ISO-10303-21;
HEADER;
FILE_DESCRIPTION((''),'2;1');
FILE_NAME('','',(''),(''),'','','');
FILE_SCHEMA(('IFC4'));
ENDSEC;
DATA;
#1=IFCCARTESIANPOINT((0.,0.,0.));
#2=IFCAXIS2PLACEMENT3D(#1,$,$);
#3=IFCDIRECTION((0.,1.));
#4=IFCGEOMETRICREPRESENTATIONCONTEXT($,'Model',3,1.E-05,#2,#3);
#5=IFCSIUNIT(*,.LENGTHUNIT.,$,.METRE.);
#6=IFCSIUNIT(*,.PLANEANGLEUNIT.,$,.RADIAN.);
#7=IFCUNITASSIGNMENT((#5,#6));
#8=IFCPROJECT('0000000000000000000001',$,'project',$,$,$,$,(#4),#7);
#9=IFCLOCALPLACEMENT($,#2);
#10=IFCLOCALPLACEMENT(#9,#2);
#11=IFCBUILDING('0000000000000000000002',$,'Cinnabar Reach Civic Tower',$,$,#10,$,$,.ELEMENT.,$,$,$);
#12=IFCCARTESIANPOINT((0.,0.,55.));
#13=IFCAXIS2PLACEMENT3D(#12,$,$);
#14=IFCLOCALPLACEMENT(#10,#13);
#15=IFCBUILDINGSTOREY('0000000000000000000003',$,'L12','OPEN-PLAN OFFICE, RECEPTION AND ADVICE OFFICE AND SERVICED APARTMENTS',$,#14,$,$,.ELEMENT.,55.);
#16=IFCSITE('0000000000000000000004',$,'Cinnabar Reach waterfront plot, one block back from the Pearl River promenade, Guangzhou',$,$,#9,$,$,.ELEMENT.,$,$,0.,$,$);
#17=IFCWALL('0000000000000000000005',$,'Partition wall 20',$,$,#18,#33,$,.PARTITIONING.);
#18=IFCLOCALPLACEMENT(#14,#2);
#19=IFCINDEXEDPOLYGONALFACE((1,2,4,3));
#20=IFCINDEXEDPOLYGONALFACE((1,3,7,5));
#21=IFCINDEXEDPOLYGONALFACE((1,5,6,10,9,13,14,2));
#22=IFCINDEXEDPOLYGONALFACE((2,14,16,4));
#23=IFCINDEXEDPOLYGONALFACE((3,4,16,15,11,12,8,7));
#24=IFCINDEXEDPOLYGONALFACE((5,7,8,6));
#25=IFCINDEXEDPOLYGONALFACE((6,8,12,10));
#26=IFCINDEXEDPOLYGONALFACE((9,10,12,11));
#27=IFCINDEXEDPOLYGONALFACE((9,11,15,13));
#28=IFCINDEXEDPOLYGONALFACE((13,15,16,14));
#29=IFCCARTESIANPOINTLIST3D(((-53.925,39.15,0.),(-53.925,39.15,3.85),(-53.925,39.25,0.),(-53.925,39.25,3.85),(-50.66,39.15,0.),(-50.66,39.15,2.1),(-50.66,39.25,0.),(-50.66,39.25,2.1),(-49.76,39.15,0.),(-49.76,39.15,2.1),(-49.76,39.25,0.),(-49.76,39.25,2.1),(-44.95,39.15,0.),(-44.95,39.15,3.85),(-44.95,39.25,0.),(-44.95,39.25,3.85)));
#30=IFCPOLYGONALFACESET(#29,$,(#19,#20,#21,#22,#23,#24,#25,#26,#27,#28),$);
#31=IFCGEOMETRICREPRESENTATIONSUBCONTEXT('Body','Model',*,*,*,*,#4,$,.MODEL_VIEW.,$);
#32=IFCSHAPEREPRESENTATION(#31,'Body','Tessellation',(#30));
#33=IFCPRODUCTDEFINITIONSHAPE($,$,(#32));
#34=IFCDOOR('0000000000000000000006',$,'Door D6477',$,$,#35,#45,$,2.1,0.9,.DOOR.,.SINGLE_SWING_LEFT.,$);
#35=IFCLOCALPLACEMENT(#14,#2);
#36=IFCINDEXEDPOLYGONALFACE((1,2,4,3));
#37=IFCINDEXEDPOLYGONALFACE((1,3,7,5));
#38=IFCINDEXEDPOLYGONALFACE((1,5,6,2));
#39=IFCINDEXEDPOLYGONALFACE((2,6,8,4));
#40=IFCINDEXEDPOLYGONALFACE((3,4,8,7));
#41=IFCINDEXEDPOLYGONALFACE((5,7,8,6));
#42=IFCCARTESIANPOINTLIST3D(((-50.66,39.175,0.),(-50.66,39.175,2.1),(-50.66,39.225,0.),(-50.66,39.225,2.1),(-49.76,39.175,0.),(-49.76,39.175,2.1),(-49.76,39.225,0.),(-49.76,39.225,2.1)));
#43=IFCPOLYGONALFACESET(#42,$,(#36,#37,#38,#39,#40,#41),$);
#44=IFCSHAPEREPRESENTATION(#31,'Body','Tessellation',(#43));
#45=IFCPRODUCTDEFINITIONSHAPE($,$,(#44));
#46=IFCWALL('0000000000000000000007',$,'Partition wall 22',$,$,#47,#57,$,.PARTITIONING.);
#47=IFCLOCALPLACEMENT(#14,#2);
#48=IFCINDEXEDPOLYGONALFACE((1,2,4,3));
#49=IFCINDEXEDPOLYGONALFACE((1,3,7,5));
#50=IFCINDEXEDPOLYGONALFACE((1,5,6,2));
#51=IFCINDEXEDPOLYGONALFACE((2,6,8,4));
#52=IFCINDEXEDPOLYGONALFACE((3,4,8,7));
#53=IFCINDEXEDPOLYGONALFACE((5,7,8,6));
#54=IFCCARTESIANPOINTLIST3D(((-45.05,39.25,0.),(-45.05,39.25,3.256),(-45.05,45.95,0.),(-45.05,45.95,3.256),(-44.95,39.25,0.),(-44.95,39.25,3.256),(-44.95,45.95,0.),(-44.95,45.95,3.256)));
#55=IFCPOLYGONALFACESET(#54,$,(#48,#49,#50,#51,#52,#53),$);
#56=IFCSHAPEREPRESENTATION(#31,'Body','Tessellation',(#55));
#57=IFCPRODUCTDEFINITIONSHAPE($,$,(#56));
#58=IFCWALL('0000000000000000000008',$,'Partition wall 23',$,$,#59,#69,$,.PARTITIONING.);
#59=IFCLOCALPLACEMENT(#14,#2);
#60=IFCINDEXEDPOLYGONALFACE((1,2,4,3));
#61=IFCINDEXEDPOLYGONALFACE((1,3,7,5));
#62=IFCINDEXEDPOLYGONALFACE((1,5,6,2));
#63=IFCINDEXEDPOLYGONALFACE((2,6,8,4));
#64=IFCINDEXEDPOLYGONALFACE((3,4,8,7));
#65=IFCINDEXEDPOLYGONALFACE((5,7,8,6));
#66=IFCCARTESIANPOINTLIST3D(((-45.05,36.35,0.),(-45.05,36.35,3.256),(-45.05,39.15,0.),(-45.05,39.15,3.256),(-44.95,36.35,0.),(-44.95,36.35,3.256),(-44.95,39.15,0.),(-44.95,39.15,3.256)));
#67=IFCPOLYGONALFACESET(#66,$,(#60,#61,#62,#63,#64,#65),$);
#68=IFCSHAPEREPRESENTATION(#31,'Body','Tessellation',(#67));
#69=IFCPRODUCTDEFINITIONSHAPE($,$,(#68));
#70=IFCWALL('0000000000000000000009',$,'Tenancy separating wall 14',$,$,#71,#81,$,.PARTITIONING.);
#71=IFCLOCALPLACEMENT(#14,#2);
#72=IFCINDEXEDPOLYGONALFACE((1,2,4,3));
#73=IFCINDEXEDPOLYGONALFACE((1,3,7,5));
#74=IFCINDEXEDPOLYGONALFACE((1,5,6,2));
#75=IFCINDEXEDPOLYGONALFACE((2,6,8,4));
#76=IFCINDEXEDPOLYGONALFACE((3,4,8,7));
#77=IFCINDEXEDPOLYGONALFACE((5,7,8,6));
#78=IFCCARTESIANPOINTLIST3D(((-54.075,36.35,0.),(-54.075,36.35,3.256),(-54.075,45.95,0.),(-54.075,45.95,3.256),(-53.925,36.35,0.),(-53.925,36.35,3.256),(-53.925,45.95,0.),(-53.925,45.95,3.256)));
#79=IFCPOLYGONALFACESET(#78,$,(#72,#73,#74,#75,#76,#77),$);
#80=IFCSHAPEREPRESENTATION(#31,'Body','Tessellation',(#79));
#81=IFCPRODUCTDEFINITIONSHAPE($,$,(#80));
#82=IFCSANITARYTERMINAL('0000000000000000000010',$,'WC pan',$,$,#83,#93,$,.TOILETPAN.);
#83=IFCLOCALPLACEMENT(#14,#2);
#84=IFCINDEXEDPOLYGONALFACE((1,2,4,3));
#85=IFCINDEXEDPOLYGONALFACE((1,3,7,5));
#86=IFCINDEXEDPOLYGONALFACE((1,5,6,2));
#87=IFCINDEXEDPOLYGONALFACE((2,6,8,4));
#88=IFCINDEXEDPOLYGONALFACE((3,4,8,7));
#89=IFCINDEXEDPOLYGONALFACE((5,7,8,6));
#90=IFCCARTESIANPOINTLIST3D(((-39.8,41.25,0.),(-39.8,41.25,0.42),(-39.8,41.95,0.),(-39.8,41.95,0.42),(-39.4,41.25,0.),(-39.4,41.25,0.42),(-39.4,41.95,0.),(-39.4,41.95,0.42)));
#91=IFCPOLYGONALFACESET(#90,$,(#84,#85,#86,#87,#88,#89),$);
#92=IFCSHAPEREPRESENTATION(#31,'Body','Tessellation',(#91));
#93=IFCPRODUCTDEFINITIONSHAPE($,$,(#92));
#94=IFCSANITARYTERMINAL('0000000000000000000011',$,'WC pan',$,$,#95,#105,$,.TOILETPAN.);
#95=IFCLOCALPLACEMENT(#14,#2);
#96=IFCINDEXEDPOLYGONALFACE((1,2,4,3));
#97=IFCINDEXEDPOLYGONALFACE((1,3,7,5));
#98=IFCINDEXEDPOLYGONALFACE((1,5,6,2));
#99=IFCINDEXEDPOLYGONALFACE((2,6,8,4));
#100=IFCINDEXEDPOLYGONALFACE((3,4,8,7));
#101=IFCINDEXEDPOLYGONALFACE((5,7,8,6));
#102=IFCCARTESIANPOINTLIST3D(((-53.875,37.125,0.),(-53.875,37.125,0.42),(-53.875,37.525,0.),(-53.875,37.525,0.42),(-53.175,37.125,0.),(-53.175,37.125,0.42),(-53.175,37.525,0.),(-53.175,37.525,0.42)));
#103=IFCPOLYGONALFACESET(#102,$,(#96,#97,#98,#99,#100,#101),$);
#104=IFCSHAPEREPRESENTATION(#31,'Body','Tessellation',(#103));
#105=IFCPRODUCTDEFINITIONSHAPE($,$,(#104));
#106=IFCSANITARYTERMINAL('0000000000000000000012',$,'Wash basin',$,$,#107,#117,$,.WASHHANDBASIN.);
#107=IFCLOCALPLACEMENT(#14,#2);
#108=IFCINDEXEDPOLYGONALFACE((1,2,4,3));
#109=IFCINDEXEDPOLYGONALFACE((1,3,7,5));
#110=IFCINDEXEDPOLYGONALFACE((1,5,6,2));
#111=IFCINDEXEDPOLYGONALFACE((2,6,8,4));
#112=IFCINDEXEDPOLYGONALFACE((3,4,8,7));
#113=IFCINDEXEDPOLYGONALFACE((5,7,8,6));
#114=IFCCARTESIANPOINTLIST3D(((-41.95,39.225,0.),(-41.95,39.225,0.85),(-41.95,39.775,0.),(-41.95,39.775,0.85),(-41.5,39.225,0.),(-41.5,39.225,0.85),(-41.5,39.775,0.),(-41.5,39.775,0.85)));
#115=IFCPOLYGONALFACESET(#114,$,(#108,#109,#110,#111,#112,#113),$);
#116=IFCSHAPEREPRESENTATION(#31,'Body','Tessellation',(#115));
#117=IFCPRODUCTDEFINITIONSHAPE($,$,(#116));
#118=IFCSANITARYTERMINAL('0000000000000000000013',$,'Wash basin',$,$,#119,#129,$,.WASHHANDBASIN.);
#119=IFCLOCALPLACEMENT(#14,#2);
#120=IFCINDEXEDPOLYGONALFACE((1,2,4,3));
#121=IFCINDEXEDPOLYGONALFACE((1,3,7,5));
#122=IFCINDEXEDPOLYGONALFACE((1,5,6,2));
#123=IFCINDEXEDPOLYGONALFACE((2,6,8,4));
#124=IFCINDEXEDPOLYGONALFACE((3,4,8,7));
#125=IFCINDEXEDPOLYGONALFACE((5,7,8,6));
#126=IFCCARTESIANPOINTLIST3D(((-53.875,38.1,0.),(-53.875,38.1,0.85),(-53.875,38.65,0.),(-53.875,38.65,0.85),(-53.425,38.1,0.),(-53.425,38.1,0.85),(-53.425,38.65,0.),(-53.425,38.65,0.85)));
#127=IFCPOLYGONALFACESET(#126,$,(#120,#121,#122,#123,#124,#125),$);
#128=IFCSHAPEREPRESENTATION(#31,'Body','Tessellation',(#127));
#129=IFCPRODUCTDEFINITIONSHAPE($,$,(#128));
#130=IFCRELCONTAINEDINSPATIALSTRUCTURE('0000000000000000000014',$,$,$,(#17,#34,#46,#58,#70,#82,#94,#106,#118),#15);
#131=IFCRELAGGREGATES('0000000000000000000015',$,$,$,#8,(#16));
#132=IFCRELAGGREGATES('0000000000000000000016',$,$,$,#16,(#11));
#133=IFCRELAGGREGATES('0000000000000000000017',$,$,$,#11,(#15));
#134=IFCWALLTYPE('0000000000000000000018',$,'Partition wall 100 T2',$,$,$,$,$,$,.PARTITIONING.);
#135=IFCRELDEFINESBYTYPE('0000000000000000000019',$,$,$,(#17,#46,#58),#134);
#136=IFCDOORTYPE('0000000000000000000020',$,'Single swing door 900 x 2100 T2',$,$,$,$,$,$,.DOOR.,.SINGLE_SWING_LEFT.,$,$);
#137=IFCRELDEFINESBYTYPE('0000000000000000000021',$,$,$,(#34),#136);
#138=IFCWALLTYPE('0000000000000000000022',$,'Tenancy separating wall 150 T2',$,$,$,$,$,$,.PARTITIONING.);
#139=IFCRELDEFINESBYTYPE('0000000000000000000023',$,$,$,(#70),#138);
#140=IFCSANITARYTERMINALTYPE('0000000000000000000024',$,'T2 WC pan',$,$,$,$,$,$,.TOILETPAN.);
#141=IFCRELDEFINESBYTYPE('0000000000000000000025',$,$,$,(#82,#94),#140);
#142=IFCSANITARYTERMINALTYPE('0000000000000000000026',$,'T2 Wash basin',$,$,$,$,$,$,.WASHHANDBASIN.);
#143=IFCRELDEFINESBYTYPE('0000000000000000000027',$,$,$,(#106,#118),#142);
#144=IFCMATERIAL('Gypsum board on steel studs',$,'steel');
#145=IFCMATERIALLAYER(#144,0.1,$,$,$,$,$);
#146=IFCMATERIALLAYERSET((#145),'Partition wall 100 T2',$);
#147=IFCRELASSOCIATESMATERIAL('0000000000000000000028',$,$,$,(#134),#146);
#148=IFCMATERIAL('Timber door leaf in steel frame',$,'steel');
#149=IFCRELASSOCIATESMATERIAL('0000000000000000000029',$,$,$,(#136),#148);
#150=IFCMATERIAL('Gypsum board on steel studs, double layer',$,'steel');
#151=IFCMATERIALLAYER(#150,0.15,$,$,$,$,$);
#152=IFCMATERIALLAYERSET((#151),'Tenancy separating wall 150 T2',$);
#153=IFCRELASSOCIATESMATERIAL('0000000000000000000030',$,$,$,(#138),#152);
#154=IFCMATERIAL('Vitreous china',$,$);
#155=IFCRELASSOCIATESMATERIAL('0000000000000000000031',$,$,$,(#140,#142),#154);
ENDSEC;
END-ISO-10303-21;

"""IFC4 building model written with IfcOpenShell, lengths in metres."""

from ifc_helpers import new_model, si_unit, direction, frame, frame_2d, origin, origin_2d, place, context, subcontext, project, spatial, rectangle, extrude, material, layer, layer_set, type_object, element, fill, save


model = new_model("IFC4")

# Units and contexts
model_context = context("Model", 3, precision=1e-05, world=origin(), true_north=direction((0.0, 1.0)))
body_context = subcontext(model_context, "Body", "Model", "MODEL_VIEW")
ifc_project = project(units=[si_unit("LENGTHUNIT", "METRE"), si_unit("PLANEANGLEUNIT", "RADIAN")], contexts=[model_context])

# Site, building, storey
site_placement = place(None, origin())
site = spatial("IfcSite", under=ifc_project, at=site_placement, Name="Cinnabar Reach waterfront plot, one block back from the Pearl River promenade, Guangzhou", CompositionType="ELEMENT", RefElevation=0.0)
building_placement = place(site_placement, origin())
building = spatial("IfcBuilding", under=site, at=building_placement, Name="Cinnabar Reach Civic Tower", CompositionType="ELEMENT")
storey_placement = place(building_placement, frame((0.0, 0.0, 55.0)))
storey = spatial("IfcBuildingStorey", under=building, at=storey_placement, Name="L12", Description="OPEN-PLAN OFFICE, RECEPTION AND ADVICE OFFICE AND SERVICED APARTMENTS", CompositionType="ELEMENT", Elevation=55.0)

# Wall, opening, door
ifc_material_1 = material(Name="Gypsum board on steel studs", Category="steel")
ifc_layer_1 = layer(ifc_material_1, 0.1)
ifc_layer_set_1 = layer_set([ifc_layer_1], Name="Partition wall 100 T2")
wall_type_1 = type_object("IfcWallType", Name="Partition wall 100 T2", PredefinedType="PARTITIONING", material=ifc_layer_set_1)
wall_1_placement = place(storey_placement, frame((-53.925, 39.2, 0.0), z_axis=(0.0, 0.0, 1.0), x_axis=(1.0, 0.0, 0.0)))
wall_1 = element("IfcWall", 1, at=wall_1_placement, inside=storey, type_object=wall_type_1, Name="Partition wall 20", PredefinedType="PARTITIONING", context=body_context, shape_type="SweptSolid", body=[
    extrude(rectangle(XDim=8.975, YDim=0.1, at=frame_2d((4.4875, 0.0))), origin(), (0.0, 0.0, 1.0), 3.85),
])
opening_1_placement = place(wall_1_placement, frame((3.265, 0.0, 0.0)))
opening_1 = element("IfcOpeningElement", 2, at=opening_1_placement, cuts=wall_1, PredefinedType="OPENING", context=body_context, shape_type="SweptSolid", body=[
    extrude(rectangle(XDim=0.9, YDim=2.1, at=frame_2d((0.45, 1.05))), frame((0.0, 0.06, 0.0), z_axis=(0.0, -1.0, 0.0), x_axis=(1.0, 0.0, 0.0)), (0.0, 0.0, 1.0), 0.12),
])
ifc_material_2 = material(Name="Timber door leaf in steel frame", Category="steel")
door_type_1 = type_object("IfcDoorType", Name="Single swing door 900 x 2100 T2", OperationType="SINGLE_SWING_LEFT", PredefinedType="DOOR", material=ifc_material_2)
door_1_placement = place(opening_1_placement, frame((0.9, 0.0, 0.0), z_axis=(0.0, 0.0, 1.0), x_axis=(-1.0, 0.0, 0.0)))
door_1 = element("IfcDoor", 3, at=door_1_placement, inside=storey, type_object=door_type_1, Name="Door D6477", OperationType="SINGLE_SWING_LEFT", OverallHeight=2.1, OverallWidth=0.9, PredefinedType="DOOR", context=body_context, shape_type="SweptSolid", body=[
    extrude(rectangle(XDim=0.9, YDim=2.1, at=frame_2d((0.45, 1.05))), frame((0.0, 0.025, 0.0), z_axis=(0.0, -1.0, 0.0), x_axis=(1.0, 0.0, 0.0)), (0.0, 0.0, 1.0), 0.05),
])
fill(opening_1, door_1)

# Walls
wall_2_placement = place(storey_placement, frame((-45.0, 39.25, 0.0), z_axis=(0.0, 0.0, 1.0), x_axis=(0.0, 1.0, 0.0)))
element("IfcWall", 4, at=wall_2_placement, inside=storey, type_object=wall_type_1, Name="Partition wall 22", PredefinedType="PARTITIONING", context=body_context, shape_type="SweptSolid", body=[
    extrude(rectangle(XDim=6.7, YDim=0.1, at=frame_2d((3.35, 0.0))), origin(), (0.0, 0.0, 1.0), 3.256),
])
wall_3_placement = place(storey_placement, frame((-45.0, 36.35, 0.0), z_axis=(0.0, 0.0, 1.0), x_axis=(0.0, 1.0, 0.0)))
element("IfcWall", 5, at=wall_3_placement, inside=storey, type_object=wall_type_1, Name="Partition wall 23", PredefinedType="PARTITIONING", context=body_context, shape_type="SweptSolid", body=[
    extrude(rectangle(XDim=2.8, YDim=0.1, at=frame_2d((1.4, 0.0))), origin(), (0.0, 0.0, 1.0), 3.256),
])
ifc_material_3 = material(Name="Gypsum board on steel studs, double layer", Category="steel")
ifc_layer_2 = layer(ifc_material_3, 0.15)
ifc_layer_set_2 = layer_set([ifc_layer_2], Name="Tenancy separating wall 150 T2")
wall_type_2 = type_object("IfcWallType", Name="Tenancy separating wall 150 T2", PredefinedType="PARTITIONING", material=ifc_layer_set_2)
wall_4_placement = place(storey_placement, frame((-54.0, 36.35, 0.0), z_axis=(0.0, 0.0, 1.0), x_axis=(0.0, 1.0, 0.0)))
element("IfcWall", 6, at=wall_4_placement, inside=storey, type_object=wall_type_2, Name="Tenancy separating wall 14", PredefinedType="PARTITIONING", context=body_context, shape_type="SweptSolid", body=[
    extrude(rectangle(XDim=9.6, YDim=0.15, at=frame_2d((4.8, 0.0))), origin(), (0.0, 0.0, 1.0), 3.256),
])

# Sanitary terminals
ifc_material_4 = material(Name="Vitreous china")
sanitary_terminal_type_1 = type_object("IfcSanitaryTerminalType", Name="T2 WC pan", PredefinedType="TOILETPAN", material=ifc_material_4)
sanitary_terminal_1_placement = place(storey_placement, frame((-39.6, 41.6, 0.0), z_axis=(0.0, 0.0, 1.0), x_axis=(1.0, 0.0, 0.0)))
element("IfcSanitaryTerminal", 7, at=sanitary_terminal_1_placement, inside=storey, type_object=sanitary_terminal_type_1, Name="WC pan", PredefinedType="TOILETPAN", context=body_context, shape_type="SweptSolid", body=[
    extrude(rectangle(XDim=0.4, YDim=0.7, at=origin_2d()), origin(), (0.0, 0.0, 1.0), 0.42),
])
sanitary_terminal_2_placement = place(storey_placement, frame((-53.525, 37.325, 0.0), z_axis=(0.0, 0.0, 1.0), x_axis=(1.0, 0.0, 0.0)))
element("IfcSanitaryTerminal", 8, at=sanitary_terminal_2_placement, inside=storey, type_object=sanitary_terminal_type_1, Name="WC pan", PredefinedType="TOILETPAN", context=body_context, shape_type="SweptSolid", body=[
    extrude(rectangle(XDim=0.7, YDim=0.4, at=origin_2d()), origin(), (0.0, 0.0, 1.0), 0.42),
])
sanitary_terminal_type_2 = type_object("IfcSanitaryTerminalType", Name="T2 Wash basin", PredefinedType="WASHHANDBASIN", material=ifc_material_4)
for number, where, z_axis, x_axis, name in (
    (9, (-41.725, 39.5, 0.0), (0.0, 0.0, 1.0), (1.0, 0.0, 0.0), "Wash basin"),
    (10, (-53.65, 38.375, 0.0), (0.0, 0.0, 1.0), (1.0, 0.0, 0.0), "Wash basin"),
):
    element("IfcSanitaryTerminal", number, at=place(storey_placement, frame(where, z_axis=z_axis, x_axis=x_axis)), inside=storey, type_object=sanitary_terminal_type_2, Name=name, PredefinedType="WASHHANDBASIN", context=body_context, shape_type="SweptSolid", body=[
        extrude(rectangle(XDim=0.45, YDim=0.55, at=origin_2d()), origin(), (0.0, 0.0, 1.0), 0.85),
    ])

save(model, "model.ifc")
